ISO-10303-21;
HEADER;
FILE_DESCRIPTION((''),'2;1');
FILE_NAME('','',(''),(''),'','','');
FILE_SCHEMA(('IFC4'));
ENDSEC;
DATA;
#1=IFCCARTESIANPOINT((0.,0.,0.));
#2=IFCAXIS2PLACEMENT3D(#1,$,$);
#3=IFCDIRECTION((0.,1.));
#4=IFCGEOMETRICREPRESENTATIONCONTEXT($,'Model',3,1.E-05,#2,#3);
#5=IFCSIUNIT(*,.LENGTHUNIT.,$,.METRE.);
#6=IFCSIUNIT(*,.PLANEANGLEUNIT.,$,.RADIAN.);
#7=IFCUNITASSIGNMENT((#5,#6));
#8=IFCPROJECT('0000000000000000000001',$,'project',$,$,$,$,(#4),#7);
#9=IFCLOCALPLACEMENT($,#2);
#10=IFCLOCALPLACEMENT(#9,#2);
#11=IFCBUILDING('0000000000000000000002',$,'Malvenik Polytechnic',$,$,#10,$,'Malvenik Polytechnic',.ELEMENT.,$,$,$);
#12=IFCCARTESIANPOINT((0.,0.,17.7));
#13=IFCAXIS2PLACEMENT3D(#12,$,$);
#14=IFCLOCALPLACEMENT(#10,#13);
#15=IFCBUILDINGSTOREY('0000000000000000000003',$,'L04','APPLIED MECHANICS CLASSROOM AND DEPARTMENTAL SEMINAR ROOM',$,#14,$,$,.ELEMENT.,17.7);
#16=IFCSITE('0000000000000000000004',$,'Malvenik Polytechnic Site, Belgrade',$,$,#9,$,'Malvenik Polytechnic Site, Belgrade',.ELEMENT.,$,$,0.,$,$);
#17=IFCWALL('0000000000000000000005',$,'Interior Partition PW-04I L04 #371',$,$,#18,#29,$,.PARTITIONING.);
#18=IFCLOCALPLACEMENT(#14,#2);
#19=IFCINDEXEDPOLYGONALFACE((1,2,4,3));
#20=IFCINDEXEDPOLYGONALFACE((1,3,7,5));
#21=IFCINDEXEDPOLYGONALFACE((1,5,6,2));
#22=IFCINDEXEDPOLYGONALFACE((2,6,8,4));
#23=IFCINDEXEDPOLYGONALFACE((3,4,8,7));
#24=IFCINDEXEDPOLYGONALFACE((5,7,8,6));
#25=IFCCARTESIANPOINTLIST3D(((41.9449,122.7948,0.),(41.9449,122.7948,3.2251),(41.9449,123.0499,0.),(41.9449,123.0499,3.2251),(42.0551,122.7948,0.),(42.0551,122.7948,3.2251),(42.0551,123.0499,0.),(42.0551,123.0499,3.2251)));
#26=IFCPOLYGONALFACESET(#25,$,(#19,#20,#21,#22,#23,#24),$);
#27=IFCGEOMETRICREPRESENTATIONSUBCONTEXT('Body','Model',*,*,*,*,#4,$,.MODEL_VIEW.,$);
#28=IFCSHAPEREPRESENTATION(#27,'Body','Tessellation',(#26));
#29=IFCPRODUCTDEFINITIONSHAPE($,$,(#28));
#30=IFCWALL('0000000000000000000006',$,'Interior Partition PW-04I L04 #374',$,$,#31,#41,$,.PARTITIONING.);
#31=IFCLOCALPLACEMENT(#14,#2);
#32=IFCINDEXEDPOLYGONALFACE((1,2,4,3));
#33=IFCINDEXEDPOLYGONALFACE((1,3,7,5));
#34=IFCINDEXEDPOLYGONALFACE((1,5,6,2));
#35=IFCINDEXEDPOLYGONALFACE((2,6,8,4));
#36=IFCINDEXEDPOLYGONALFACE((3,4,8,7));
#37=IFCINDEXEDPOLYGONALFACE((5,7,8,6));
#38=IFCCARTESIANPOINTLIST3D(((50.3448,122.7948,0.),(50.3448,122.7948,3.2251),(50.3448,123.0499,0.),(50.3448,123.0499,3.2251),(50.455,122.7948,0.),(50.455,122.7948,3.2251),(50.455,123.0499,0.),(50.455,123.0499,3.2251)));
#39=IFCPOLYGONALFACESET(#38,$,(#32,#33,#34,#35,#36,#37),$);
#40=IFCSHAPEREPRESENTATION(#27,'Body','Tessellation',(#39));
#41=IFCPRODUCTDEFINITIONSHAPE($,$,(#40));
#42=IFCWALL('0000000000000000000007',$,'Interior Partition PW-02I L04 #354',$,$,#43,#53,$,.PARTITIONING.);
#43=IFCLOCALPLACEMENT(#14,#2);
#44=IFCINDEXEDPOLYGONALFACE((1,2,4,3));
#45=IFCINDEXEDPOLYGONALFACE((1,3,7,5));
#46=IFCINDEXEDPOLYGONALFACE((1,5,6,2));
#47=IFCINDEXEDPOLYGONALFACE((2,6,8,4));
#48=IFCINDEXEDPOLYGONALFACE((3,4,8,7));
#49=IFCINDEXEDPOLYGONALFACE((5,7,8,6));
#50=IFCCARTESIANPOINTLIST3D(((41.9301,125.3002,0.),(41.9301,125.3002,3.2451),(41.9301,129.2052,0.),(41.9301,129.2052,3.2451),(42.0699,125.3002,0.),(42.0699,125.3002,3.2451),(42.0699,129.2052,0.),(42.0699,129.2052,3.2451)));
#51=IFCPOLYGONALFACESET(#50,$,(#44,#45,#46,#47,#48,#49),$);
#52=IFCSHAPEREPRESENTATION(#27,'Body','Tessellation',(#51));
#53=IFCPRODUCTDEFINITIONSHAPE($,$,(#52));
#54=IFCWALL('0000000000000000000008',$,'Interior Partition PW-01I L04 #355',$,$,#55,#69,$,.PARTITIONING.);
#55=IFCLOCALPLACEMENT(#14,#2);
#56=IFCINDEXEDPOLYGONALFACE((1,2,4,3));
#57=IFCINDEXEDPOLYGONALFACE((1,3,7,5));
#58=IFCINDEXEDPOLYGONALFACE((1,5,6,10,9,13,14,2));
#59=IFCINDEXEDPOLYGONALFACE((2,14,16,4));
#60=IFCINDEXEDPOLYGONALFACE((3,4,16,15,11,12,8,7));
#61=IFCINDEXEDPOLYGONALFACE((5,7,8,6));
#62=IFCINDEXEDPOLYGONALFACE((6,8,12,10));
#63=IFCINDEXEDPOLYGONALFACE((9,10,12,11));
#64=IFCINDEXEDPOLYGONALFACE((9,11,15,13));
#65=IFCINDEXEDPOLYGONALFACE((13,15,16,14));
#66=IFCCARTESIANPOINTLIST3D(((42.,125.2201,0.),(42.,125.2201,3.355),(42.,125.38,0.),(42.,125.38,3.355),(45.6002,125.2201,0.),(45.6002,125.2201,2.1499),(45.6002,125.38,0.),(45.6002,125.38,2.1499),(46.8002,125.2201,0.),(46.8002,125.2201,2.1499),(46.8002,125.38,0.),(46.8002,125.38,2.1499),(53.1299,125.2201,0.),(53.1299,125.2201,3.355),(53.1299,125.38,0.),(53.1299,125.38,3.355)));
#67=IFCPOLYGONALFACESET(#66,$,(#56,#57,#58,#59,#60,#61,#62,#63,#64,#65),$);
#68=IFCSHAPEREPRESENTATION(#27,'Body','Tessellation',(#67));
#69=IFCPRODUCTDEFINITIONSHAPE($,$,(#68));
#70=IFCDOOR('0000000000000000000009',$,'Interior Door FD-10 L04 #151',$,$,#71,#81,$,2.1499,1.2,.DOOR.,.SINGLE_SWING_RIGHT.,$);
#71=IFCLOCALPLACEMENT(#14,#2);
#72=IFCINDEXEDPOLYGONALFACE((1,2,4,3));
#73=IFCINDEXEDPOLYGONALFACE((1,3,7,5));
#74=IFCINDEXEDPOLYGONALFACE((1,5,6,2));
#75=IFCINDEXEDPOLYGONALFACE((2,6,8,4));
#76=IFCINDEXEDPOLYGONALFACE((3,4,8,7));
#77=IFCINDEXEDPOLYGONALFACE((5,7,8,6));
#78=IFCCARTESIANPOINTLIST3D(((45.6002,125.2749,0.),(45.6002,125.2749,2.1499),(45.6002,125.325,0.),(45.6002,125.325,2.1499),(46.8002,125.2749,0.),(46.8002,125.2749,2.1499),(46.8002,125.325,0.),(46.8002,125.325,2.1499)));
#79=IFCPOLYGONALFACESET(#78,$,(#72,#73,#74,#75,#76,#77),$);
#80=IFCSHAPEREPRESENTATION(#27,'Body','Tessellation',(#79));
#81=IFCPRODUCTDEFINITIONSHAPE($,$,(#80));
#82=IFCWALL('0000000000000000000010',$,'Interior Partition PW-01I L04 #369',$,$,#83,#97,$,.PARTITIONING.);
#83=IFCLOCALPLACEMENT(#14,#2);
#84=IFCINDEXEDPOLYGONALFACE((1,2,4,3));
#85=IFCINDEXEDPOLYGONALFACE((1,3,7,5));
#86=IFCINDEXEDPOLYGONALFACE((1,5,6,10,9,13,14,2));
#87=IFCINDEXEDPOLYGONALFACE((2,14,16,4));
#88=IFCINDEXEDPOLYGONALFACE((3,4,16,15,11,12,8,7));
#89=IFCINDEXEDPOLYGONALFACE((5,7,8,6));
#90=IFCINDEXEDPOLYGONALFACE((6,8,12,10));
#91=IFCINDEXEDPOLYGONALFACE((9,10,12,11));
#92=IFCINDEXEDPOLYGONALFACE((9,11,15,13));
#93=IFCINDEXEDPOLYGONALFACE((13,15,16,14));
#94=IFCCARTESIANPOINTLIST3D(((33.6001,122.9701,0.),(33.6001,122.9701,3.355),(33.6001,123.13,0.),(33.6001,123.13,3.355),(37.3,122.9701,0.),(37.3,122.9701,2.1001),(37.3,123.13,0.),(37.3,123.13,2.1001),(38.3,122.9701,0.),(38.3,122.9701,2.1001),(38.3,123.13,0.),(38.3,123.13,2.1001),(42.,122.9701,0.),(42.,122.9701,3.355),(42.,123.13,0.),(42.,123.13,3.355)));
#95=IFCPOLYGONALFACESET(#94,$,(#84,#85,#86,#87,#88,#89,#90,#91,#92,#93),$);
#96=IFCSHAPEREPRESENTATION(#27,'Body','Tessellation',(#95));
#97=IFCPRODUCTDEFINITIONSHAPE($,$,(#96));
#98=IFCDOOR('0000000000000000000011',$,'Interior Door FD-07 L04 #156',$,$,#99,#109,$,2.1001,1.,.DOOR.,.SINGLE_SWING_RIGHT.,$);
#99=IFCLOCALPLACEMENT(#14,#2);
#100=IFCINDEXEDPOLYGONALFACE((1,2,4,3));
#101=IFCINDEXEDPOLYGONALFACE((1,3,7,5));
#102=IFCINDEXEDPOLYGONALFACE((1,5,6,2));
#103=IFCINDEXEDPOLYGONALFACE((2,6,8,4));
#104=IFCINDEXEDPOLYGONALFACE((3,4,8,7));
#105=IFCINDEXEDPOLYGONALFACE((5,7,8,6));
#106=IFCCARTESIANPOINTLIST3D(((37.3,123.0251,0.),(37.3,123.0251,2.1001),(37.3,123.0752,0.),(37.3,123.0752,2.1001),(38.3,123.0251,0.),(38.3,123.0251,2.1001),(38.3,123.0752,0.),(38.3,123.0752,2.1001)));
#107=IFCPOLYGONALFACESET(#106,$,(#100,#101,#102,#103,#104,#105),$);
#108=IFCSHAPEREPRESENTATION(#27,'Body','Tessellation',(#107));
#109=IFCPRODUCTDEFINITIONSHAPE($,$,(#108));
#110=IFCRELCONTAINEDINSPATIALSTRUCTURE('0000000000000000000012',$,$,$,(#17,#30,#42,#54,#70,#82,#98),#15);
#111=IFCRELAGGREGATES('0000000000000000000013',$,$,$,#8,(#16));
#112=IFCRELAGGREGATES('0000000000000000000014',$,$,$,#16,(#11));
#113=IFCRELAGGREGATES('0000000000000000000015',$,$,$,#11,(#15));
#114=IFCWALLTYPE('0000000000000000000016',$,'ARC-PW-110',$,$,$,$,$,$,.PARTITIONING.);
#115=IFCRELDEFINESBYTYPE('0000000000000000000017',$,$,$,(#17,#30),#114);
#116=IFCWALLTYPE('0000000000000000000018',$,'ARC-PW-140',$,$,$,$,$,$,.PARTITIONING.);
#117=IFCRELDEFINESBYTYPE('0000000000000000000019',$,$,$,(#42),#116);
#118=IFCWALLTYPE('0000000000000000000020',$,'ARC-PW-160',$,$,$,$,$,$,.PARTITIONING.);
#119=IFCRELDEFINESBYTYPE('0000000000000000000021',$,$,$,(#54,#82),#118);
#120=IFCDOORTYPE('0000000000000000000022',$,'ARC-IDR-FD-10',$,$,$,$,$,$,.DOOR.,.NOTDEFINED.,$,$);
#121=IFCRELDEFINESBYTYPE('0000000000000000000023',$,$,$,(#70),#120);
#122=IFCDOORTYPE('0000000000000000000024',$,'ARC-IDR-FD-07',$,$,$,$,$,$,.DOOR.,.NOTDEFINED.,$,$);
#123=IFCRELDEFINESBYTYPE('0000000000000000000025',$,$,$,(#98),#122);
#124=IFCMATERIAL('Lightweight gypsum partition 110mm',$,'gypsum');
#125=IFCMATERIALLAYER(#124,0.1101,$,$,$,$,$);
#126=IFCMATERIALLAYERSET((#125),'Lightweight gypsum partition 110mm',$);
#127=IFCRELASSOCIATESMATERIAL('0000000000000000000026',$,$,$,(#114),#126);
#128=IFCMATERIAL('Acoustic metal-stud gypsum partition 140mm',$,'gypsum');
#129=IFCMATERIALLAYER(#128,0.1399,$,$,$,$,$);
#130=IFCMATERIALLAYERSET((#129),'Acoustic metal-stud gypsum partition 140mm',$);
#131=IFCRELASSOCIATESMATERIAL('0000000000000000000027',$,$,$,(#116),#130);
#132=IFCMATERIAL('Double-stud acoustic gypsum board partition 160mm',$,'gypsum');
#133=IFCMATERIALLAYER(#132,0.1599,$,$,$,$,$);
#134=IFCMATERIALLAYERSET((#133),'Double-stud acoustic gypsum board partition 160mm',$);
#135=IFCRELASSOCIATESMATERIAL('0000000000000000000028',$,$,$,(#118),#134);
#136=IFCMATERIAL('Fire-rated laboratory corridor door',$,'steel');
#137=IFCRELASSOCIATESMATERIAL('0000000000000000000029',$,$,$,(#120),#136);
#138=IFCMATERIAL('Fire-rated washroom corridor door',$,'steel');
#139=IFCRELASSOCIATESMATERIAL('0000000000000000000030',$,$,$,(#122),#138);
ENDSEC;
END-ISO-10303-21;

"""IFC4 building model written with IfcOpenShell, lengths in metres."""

from ifc_helpers import new_model, si_unit, direction, frame, frame_2d, origin, place, context, subcontext, project, spatial, rectangle, extrude, material, layer, layer_set, type_object, element, fill, save


model = new_model("IFC4")

# Units and contexts
model_context = context("Model", 3, precision=1e-05, world=origin(), true_north=direction((0.0, 1.0)))
body_context = subcontext(model_context, "Body", "Model", "MODEL_VIEW")
ifc_project = project(units=[si_unit("LENGTHUNIT", "METRE"), si_unit("PLANEANGLEUNIT", "RADIAN")], contexts=[model_context])

# Site, building, storey
site_placement = place(None, origin())
site = spatial("IfcSite", under=ifc_project, at=site_placement, Name="Malvenik Polytechnic Site, Belgrade", LongName="Malvenik Polytechnic Site, Belgrade", CompositionType="ELEMENT", RefElevation=0.0)
building_placement = place(site_placement, origin())
building = spatial("IfcBuilding", under=site, at=building_placement, Name="Malvenik Polytechnic", LongName="Malvenik Polytechnic", CompositionType="ELEMENT")
storey_placement = place(building_placement, frame((0.0, 0.0, 17.7)))
storey = spatial("IfcBuildingStorey", under=building, at=storey_placement, Name="L04", Description="APPLIED MECHANICS CLASSROOM AND DEPARTMENTAL SEMINAR ROOM", CompositionType="ELEMENT", Elevation=17.7)

# Walls
ifc_material_1 = material(Name="Lightweight gypsum partition 110mm", Category="gypsum")
ifc_layer_1 = layer(ifc_material_1, 0.1101)
ifc_layer_set_1 = layer_set([ifc_layer_1], Name="Lightweight gypsum partition 110mm")
wall_type_1 = type_object("IfcWallType", Name="ARC-PW-110", PredefinedType="PARTITIONING", material=ifc_layer_set_1)
for number, where, z_axis, x_axis, name in (
    (1, (42.0, 122.7949, 0.0), (0.0, 0.0, 1.0), (0.0, 1.0, 0.0), "Interior Partition PW-04I L04 #371"),
    (2, (50.3999, 122.7949, 0.0), (0.0, 0.0, 1.0), (0.0, 1.0, 0.0), "Interior Partition PW-04I L04 #374"),
):
    element("IfcWall", number, at=place(storey_placement, frame(where, z_axis=z_axis, x_axis=x_axis)), inside=storey, type_object=wall_type_1, Name=name, PredefinedType="PARTITIONING", context=body_context, shape_type="SweptSolid", body=[
        extrude(rectangle(XDim=0.2551, YDim=0.1101, at=frame_2d((0.1274, 0.0))), origin(), (0.0, 0.0, 1.0), 3.2251),
    ])
ifc_material_2 = material(Name="Acoustic metal-stud gypsum partition 140mm", Category="gypsum")
ifc_layer_2 = layer(ifc_material_2, 0.1399)
ifc_layer_set_2 = layer_set([ifc_layer_2], Name="Acoustic metal-stud gypsum partition 140mm")
wall_type_2 = type_object("IfcWallType", Name="ARC-PW-140", PredefinedType="PARTITIONING", material=ifc_layer_set_2)
wall_1_placement = place(storey_placement, frame((42.0, 125.3, 0.0), z_axis=(0.0, 0.0, 1.0), x_axis=(0.0, 1.0, 0.0)))
element("IfcWall", 3, at=wall_1_placement, inside=storey, type_object=wall_type_2, Name="Interior Partition PW-02I L04 #354", PredefinedType="PARTITIONING", context=body_context, shape_type="SweptSolid", body=[
    extrude(rectangle(XDim=3.905, YDim=0.1399, at=frame_2d((1.9526, 0.0))), origin(), (0.0, 0.0, 1.0), 3.2451),
])

# Walls, openings, doors
ifc_material_3 = material(Name="Double-stud acoustic gypsum board partition 160mm", Category="gypsum")
ifc_layer_3 = layer(ifc_material_3, 0.1599)
ifc_layer_set_3 = layer_set([ifc_layer_3], Name="Double-stud acoustic gypsum board partition 160mm")
wall_type_3 = type_object("IfcWallType", Name="ARC-PW-160", PredefinedType="PARTITIONING", material=ifc_layer_set_3)
wall_2_placement = place(storey_placement, frame((42.0, 125.3, 0.0), z_axis=(0.0, 0.0, 1.0), x_axis=(1.0, 0.0, 0.0)))
wall_2 = element("IfcWall", 4, at=wall_2_placement, inside=storey, type_object=wall_type_3, Name="Interior Partition PW-01I L04 #355", PredefinedType="PARTITIONING", context=body_context, shape_type="SweptSolid", body=[
    extrude(rectangle(XDim=11.1299, YDim=0.1599, at=frame_2d((5.5649, 0.0))), origin(), (0.0, 0.0, 1.0), 3.355),
])
opening_1_placement = place(wall_2_placement, frame((3.6001, 0.0, 0.0)))
opening_1 = element("IfcOpeningElement", 5, at=opening_1_placement, cuts=wall_2, PredefinedType="OPENING", context=body_context, shape_type="SweptSolid", body=[
    extrude(rectangle(XDim=1.2, YDim=2.1499, at=frame_2d((0.6001, 1.075))), frame((0.0, 0.0898, 0.0), z_axis=(0.0, -1.0, 0.0), x_axis=(1.0, 0.0, 0.0)), (0.0, 0.0, 1.0), 0.1799),
])
ifc_material_4 = material(Name="Fire-rated laboratory corridor door", Category="steel")
door_type_1 = type_object("IfcDoorType", Name="ARC-IDR-FD-10", OperationType="NOTDEFINED", PredefinedType="DOOR", material=ifc_material_4)
door_1_placement = place(opening_1_placement, origin())
door_1 = element("IfcDoor", 6, at=door_1_placement, inside=storey, type_object=door_type_1, Name="Interior Door FD-10 L04 #151", OperationType="SINGLE_SWING_RIGHT", OverallHeight=2.1499, OverallWidth=1.2, PredefinedType="DOOR", context=body_context, shape_type="SweptSolid", body=[
    extrude(rectangle(XDim=1.2, YDim=2.1499, at=frame_2d((0.6001, 1.075))), frame((0.0, 0.0249, 0.0), z_axis=(0.0, -1.0, 0.0), x_axis=(1.0, 0.0, 0.0)), (0.0, 0.0, 1.0), 0.05),
])
fill(opening_1, door_1)
wall_3_placement = place(storey_placement, frame((42.0, 123.05, 0.0), z_axis=(0.0, 0.0, 1.0), x_axis=(-1.0, 0.0, 0.0)))
wall_3 = element("IfcWall", 7, at=wall_3_placement, inside=storey, type_object=wall_type_3, Name="Interior Partition PW-01I L04 #369", PredefinedType="PARTITIONING", context=body_context, shape_type="SweptSolid", body=[
    extrude(rectangle(XDim=8.3999, YDim=0.1599, at=frame_2d((4.2, 0.0))), origin(), (0.0, 0.0, 1.0), 3.355),
])
opening_2_placement = place(wall_3_placement, frame((3.7, 0.0, 0.0)))
opening_2 = element("IfcOpeningElement", 8, at=opening_2_placement, cuts=wall_3, PredefinedType="OPENING", context=body_context, shape_type="SweptSolid", body=[
    extrude(rectangle(XDim=1.0, YDim=2.1001, at=frame_2d((0.5, 1.05))), frame((0.0, 0.0898, 0.0), z_axis=(0.0, -1.0, 0.0), x_axis=(1.0, 0.0, 0.0)), (0.0, 0.0, 1.0), 0.1799),
])
ifc_material_5 = material(Name="Fire-rated washroom corridor door", Category="steel")
door_type_2 = type_object("IfcDoorType", Name="ARC-IDR-FD-07", OperationType="NOTDEFINED", PredefinedType="DOOR", material=ifc_material_5)
door_2_placement = place(opening_2_placement, origin())
door_2 = element("IfcDoor", 9, at=door_2_placement, inside=storey, type_object=door_type_2, Name="Interior Door FD-07 L04 #156", OperationType="SINGLE_SWING_RIGHT", OverallHeight=2.1001, OverallWidth=1.0, PredefinedType="DOOR", context=body_context, shape_type="SweptSolid", body=[
    extrude(rectangle(XDim=1.0, YDim=2.1001, at=frame_2d((0.5, 1.05))), frame((0.0, 0.0249, 0.0), z_axis=(0.0, -1.0, 0.0), x_axis=(1.0, 0.0, 0.0)), (0.0, 0.0, 1.0), 0.05),
])
fill(opening_2, door_2)

save(model, "model.ifc")
